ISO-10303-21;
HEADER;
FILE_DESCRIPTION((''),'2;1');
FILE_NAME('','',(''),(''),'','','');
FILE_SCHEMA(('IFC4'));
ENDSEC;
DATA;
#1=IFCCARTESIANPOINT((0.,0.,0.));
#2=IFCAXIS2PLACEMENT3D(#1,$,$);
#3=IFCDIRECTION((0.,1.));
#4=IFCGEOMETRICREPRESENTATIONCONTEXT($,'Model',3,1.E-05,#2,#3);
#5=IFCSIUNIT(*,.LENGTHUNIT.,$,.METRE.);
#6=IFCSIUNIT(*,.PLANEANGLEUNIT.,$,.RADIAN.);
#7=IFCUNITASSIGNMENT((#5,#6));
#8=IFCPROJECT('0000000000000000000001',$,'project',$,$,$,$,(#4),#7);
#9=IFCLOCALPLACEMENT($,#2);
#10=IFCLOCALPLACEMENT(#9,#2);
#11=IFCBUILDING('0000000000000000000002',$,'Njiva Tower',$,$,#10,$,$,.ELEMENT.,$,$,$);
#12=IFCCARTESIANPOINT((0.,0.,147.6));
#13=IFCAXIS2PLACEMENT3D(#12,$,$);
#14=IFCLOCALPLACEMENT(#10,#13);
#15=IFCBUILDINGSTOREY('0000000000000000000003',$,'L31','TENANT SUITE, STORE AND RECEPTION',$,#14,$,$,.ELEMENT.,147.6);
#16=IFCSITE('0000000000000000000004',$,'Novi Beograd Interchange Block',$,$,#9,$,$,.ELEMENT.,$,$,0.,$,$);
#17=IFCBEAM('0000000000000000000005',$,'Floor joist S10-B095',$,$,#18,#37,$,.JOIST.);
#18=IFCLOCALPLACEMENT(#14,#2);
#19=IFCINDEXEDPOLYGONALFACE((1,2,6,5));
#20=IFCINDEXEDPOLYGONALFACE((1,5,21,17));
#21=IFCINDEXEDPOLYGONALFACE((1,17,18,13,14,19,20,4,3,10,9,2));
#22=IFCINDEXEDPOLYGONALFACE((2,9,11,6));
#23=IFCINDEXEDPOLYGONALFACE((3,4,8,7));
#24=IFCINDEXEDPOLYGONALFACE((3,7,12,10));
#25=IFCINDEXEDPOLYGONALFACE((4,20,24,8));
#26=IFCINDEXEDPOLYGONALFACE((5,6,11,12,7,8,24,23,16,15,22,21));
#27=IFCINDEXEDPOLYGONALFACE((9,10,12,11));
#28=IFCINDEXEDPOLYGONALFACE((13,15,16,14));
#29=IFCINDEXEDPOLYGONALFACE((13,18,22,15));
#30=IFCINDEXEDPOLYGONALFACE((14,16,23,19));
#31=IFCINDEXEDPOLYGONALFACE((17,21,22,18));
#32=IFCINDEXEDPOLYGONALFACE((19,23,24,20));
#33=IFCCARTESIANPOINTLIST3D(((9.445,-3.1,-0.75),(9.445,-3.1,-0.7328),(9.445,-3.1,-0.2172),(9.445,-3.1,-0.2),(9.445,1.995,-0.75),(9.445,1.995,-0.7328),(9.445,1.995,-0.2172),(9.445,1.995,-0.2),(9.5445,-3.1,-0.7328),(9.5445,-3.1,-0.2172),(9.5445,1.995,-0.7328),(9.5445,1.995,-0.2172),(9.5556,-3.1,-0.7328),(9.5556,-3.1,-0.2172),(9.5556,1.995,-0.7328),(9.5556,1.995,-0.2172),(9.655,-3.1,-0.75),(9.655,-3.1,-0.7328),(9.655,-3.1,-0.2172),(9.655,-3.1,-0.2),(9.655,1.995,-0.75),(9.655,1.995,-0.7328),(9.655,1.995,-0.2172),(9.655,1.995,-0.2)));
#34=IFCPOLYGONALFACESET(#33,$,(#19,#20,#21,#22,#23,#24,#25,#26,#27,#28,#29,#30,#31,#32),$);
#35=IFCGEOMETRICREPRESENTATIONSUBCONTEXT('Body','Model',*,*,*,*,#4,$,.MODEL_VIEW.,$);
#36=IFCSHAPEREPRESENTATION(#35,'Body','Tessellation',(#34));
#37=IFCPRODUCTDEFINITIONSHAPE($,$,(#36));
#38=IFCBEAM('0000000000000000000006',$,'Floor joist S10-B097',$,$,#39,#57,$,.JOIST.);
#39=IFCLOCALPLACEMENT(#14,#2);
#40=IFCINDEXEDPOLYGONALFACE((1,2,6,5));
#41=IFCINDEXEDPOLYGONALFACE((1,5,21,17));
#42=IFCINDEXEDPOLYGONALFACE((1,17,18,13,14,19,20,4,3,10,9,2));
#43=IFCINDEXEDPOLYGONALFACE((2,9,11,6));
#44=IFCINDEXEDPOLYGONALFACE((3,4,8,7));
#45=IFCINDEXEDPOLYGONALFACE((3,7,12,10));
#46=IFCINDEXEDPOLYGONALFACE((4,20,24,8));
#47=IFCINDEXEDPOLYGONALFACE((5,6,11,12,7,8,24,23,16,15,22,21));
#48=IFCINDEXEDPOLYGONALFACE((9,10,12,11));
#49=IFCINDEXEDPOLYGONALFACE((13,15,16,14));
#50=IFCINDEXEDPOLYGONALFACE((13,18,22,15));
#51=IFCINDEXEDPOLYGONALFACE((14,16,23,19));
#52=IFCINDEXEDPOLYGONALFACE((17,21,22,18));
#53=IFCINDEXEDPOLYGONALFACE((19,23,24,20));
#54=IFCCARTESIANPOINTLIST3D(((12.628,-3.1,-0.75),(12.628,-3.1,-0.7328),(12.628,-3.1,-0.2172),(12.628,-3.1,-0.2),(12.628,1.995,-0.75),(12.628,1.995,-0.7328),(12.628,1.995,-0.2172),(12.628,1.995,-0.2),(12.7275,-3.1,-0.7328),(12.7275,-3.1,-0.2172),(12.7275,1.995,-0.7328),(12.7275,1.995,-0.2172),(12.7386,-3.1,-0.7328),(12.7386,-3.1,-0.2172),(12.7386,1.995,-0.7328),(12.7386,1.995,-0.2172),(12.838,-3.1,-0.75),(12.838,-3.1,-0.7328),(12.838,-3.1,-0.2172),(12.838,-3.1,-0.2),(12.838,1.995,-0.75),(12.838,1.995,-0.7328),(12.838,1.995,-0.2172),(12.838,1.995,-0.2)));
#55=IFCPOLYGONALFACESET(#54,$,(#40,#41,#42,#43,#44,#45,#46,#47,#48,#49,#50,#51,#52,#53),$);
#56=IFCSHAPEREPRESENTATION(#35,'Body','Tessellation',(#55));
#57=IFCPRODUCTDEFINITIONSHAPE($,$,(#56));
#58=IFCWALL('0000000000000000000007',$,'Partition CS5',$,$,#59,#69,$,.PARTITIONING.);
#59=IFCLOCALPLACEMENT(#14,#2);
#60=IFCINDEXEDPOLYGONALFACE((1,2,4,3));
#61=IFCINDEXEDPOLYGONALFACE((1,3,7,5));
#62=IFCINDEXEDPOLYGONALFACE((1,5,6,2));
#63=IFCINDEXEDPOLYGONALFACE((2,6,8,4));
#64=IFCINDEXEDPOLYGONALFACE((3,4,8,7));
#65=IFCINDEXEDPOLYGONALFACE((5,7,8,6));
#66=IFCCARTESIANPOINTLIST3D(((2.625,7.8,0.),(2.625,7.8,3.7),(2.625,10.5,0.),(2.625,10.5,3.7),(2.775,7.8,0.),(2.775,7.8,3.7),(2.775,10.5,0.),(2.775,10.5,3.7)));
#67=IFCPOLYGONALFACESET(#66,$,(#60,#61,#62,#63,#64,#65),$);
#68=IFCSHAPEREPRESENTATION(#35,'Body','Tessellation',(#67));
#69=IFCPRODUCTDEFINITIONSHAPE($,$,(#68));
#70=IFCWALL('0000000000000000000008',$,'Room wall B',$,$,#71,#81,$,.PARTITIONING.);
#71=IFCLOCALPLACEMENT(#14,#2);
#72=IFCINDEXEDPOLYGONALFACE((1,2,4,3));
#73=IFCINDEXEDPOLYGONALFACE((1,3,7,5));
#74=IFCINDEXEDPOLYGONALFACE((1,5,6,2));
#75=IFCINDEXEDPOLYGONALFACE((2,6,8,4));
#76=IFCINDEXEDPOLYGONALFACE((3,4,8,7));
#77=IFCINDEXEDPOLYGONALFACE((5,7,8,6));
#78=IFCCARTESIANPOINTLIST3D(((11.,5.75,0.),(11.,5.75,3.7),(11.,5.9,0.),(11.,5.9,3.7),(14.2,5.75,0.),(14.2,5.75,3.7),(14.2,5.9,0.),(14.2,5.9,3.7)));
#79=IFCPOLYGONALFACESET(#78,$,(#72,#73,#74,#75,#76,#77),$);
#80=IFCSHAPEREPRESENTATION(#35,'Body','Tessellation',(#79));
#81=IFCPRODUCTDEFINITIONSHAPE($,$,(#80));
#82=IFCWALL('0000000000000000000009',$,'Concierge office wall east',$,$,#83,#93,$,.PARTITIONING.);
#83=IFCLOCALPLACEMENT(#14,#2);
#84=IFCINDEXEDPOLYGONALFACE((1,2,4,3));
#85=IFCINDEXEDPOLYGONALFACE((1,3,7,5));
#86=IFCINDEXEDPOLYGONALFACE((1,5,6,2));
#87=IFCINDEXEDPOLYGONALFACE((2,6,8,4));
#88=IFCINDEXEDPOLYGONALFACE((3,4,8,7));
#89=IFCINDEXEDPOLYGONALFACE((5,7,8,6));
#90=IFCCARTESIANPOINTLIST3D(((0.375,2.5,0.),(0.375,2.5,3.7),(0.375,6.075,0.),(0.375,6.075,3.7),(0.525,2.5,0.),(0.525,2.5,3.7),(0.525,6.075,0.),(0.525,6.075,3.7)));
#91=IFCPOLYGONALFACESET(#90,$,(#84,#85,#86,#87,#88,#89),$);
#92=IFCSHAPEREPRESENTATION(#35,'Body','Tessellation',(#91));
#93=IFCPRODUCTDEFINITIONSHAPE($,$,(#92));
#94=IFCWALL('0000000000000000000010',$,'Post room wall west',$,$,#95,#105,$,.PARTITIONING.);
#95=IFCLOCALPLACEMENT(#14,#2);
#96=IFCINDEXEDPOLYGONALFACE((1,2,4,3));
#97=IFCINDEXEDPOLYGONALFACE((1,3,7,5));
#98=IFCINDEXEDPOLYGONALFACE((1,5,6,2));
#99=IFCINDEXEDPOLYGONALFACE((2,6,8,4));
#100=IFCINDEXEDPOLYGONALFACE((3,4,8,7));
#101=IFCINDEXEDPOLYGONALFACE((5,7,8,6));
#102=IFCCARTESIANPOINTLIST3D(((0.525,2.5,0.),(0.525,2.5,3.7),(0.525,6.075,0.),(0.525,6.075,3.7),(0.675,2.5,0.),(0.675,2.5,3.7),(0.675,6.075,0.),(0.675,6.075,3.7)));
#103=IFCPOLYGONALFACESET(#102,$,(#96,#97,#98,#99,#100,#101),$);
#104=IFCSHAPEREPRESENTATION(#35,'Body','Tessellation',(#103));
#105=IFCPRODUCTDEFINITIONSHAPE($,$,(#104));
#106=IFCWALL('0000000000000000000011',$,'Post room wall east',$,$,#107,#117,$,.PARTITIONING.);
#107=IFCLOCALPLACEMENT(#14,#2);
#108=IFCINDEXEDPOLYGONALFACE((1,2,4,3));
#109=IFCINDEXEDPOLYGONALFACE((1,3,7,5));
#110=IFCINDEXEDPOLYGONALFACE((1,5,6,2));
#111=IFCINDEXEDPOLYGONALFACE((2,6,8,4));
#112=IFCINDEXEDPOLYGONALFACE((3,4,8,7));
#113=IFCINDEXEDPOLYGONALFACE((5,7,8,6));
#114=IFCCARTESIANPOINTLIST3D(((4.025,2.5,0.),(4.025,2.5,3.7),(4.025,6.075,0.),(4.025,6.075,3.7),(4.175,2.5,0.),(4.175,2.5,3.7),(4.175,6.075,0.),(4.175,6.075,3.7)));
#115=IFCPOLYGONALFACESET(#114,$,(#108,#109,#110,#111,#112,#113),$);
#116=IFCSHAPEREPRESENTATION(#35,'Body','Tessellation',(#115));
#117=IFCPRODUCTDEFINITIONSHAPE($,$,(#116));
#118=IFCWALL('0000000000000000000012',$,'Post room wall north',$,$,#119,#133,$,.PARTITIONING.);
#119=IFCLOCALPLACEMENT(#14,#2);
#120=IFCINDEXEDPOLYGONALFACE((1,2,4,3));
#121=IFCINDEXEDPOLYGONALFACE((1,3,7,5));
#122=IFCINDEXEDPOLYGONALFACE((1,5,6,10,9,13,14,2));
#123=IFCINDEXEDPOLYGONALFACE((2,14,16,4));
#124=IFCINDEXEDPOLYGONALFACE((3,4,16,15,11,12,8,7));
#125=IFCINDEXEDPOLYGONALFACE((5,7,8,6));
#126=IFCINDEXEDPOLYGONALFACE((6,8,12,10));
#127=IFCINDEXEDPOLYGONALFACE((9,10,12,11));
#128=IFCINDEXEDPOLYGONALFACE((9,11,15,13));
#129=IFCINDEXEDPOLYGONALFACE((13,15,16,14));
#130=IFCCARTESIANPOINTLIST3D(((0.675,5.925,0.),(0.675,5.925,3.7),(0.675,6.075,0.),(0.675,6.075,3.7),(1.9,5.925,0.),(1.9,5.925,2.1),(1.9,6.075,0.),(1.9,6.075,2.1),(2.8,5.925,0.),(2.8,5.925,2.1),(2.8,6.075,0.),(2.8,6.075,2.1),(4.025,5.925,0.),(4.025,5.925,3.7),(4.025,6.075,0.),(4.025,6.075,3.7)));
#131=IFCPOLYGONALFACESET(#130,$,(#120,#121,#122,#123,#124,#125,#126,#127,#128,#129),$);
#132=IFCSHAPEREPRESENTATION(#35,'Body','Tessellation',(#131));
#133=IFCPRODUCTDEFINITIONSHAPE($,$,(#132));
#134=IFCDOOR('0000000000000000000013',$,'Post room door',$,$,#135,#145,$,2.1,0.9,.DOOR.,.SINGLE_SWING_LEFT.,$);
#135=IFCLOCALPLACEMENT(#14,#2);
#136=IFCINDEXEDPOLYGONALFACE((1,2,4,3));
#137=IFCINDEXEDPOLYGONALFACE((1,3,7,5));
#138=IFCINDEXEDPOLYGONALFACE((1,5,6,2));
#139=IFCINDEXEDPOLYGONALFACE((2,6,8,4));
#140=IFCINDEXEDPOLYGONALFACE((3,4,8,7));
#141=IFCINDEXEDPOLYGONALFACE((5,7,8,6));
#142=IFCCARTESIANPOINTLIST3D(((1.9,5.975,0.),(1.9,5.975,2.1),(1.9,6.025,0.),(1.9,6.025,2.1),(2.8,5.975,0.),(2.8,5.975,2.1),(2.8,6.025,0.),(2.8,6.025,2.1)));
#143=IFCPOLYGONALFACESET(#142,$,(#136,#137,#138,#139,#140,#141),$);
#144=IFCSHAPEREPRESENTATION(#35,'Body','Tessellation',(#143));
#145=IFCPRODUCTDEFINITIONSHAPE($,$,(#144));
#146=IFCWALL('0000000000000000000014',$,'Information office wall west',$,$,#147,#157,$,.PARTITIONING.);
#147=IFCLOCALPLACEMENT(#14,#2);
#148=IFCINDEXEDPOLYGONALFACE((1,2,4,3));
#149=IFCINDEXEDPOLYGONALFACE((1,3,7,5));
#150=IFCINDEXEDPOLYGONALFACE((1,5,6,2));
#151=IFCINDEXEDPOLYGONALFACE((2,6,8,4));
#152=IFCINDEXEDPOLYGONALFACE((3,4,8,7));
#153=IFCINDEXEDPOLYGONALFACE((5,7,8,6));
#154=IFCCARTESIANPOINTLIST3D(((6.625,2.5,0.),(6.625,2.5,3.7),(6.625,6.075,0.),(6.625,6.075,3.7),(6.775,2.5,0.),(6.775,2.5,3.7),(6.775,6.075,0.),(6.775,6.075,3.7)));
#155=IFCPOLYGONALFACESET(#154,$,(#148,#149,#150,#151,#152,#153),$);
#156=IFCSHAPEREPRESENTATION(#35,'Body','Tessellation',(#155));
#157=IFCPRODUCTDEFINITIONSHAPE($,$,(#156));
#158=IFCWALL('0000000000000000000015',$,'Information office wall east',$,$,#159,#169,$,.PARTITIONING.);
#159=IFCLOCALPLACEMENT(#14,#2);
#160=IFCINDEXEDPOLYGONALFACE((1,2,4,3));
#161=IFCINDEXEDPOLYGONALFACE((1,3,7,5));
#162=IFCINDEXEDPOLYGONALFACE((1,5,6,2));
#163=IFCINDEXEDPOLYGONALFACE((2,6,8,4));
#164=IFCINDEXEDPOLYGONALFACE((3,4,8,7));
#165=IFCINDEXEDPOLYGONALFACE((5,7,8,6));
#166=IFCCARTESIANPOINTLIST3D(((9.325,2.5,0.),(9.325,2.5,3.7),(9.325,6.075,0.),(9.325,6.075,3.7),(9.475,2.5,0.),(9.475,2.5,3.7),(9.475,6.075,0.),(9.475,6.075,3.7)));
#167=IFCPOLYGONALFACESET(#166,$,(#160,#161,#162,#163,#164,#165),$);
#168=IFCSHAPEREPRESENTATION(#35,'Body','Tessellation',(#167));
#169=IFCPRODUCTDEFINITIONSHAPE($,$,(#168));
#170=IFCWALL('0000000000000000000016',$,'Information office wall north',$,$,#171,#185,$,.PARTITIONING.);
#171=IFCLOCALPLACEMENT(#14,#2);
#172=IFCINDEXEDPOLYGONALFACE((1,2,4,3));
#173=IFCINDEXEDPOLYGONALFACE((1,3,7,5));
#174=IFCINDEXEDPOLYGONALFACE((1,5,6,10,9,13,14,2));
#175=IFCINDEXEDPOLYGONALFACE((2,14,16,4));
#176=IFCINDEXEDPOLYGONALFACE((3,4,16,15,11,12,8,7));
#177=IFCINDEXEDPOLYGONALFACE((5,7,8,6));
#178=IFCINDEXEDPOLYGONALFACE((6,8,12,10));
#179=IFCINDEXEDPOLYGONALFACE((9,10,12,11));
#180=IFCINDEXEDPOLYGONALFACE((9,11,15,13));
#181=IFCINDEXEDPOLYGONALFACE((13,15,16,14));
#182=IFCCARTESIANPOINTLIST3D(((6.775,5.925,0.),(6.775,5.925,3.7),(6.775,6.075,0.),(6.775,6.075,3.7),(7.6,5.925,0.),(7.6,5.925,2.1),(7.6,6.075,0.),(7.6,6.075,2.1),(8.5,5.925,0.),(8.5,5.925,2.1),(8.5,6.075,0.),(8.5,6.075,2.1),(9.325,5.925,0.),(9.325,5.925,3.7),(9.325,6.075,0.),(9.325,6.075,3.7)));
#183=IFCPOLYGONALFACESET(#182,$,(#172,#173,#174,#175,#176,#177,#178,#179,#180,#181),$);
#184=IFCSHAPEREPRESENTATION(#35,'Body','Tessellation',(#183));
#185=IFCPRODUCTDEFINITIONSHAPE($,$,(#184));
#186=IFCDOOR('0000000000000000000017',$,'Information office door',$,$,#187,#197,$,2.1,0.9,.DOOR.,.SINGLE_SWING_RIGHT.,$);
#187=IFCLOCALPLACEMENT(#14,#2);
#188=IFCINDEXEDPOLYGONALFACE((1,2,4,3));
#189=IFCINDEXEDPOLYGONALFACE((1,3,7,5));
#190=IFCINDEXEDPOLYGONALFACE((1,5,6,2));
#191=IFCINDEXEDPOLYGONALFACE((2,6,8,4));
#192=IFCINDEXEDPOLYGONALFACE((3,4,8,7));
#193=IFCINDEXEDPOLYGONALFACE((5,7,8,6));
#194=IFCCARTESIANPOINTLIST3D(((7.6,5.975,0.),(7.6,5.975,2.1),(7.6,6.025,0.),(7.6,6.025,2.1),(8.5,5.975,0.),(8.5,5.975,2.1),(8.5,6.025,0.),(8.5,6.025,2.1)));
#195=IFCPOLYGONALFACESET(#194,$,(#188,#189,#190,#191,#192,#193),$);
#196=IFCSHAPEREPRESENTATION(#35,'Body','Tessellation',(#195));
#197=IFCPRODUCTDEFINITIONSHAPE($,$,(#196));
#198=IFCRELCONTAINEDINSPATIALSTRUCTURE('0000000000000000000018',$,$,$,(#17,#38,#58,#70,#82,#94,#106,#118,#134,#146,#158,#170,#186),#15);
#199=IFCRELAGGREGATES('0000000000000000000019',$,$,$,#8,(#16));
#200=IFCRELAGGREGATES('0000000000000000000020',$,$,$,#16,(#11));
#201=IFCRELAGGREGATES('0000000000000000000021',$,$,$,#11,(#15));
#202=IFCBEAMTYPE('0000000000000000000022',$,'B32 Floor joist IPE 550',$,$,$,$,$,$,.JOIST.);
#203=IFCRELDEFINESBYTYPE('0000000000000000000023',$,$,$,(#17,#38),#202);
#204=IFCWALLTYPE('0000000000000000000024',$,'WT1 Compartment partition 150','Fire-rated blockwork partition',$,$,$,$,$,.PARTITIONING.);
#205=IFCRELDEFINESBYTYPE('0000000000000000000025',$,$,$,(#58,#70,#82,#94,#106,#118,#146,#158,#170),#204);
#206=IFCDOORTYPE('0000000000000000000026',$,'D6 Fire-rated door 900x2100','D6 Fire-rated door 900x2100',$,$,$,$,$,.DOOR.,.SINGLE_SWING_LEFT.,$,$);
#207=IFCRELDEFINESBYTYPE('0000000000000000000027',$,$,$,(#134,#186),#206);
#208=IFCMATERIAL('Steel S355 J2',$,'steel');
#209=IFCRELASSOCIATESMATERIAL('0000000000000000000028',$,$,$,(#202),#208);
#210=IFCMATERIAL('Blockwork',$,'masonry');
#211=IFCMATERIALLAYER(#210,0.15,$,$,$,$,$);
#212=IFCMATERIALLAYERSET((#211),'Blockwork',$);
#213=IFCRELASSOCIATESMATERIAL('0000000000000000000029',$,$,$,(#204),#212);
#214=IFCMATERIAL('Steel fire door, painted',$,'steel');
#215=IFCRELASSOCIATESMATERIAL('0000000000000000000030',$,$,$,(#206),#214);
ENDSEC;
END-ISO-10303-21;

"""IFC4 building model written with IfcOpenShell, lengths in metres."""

from ifc_helpers import new_model, si_unit, direction, frame, frame_2d, origin, origin_2d, place, context, subcontext, project, spatial, rectangle, i_section, extrude, material, layer, layer_set, material_profile, profile_set, type_object, element, fill, save


model = new_model("IFC4")

# Units and contexts
model_context = context("Model", 3, precision=1e-05, world=origin(), true_north=direction((0.0, 1.0)))
body_context = subcontext(model_context, "Body", "Model", "MODEL_VIEW")
ifc_project = project(units=[si_unit("LENGTHUNIT", "METRE"), si_unit("PLANEANGLEUNIT", "RADIAN")], contexts=[model_context])

# Site, building, storey
site_placement = place(None, origin())
site = spatial("IfcSite", under=ifc_project, at=site_placement, Name="Novi Beograd Interchange Block", CompositionType="ELEMENT", RefElevation=0.0)
building_placement = place(site_placement, origin())
building = spatial("IfcBuilding", under=site, at=building_placement, Name="Njiva Tower", CompositionType="ELEMENT")
storey_placement = place(building_placement, frame((0.0, 0.0, 147.6)))
storey = spatial("IfcBuildingStorey", under=building, at=storey_placement, Name="L31", Description="TENANT SUITE, STORE AND RECEPTION", CompositionType="ELEMENT", Elevation=147.6)

# Beams
ifc_material_1 = material(Name="Steel S355 J2", Category="steel")
ifc_material_profile = material_profile(ifc_material_1, i_section(OverallWidth=0.21, OverallDepth=0.55, WebThickness=0.0111, FlangeThickness=0.0172, at=origin_2d()), Name="IPE 550")
ifc_profile_set = profile_set([ifc_material_profile], Name="Steel S355 J2")
beam_type = type_object("IfcBeamType", Name="B32 Floor joist IPE 550", PredefinedType="JOIST", material=ifc_profile_set)
for number, where, z_axis, x_axis, name in (
    (1, (9.55, 1.995, -0.475), (0.0, -1.0, 0.0), (1.0, 0.0, 0.0), "Floor joist S10-B095"),
    (2, (12.733, 1.995, -0.475), (0.0, -1.0, 0.0), (1.0, 0.0, 0.0), "Floor joist S10-B097"),
):
    element("IfcBeam", number, at=place(storey_placement, frame(where, z_axis=z_axis, x_axis=x_axis)), inside=storey, type_object=beam_type, Name=name, PredefinedType="JOIST", context=body_context, shape_type="SweptSolid", body=[
        extrude(i_section(OverallWidth=0.21, OverallDepth=0.55, WebThickness=0.0111, FlangeThickness=0.0172, at=origin_2d()), origin(), (0.0, 0.0, 1.0), 5.095),
    ])

# Walls
ifc_material_2 = material(Name="Blockwork", Category="masonry")
ifc_layer_1 = layer(ifc_material_2, 0.15)
ifc_layer_set_1 = layer_set([ifc_layer_1], Name="Blockwork")
wall_type_1 = type_object("IfcWallType", Name="WT1 Compartment partition 150", Description="Fire-rated blockwork partition", PredefinedType="PARTITIONING", material=ifc_layer_set_1)
wall_1_placement = place(storey_placement, frame((2.7, 7.8, 0.0), z_axis=(0.0, 0.0, 1.0), x_axis=(0.0, 1.0, 0.0)))
element("IfcWall", 3, at=wall_1_placement, inside=storey, type_object=wall_type_1, Name="Partition CS5", PredefinedType="PARTITIONING", context=body_context, shape_type="SweptSolid", body=[
    extrude(rectangle(XDim=2.7, YDim=0.15, at=frame_2d((1.35, 0.0))), origin(), (0.0, 0.0, 1.0), 3.7),
])
wall_2_placement = place(storey_placement, frame((11.0, 5.825, 0.0), z_axis=(0.0, 0.0, 1.0), x_axis=(1.0, 0.0, 0.0)))
element("IfcWall", 4, at=wall_2_placement, inside=storey, type_object=wall_type_1, Name="Room wall B", PredefinedType="PARTITIONING", context=body_context, shape_type="SweptSolid", body=[
    extrude(rectangle(XDim=3.2, YDim=0.15, at=frame_2d((1.6, 0.0))), origin(), (0.0, 0.0, 1.0), 3.7),
])
for number, where, z_axis, x_axis, name in (
    (5, (0.45, 2.5, 0.0), (0.0, 0.0, 1.0), (0.0, 1.0, 0.0), "Concierge office wall east"),
    (6, (0.6, 2.5, 0.0), (0.0, 0.0, 1.0), (0.0, 1.0, 0.0), "Post room wall west"),
    (7, (4.1, 2.5, 0.0), (0.0, 0.0, 1.0), (0.0, 1.0, 0.0), "Post room wall east"),
):
    element("IfcWall", number, at=place(storey_placement, frame(where, z_axis=z_axis, x_axis=x_axis)), inside=storey, type_object=wall_type_1, Name=name, PredefinedType="PARTITIONING", context=body_context, shape_type="SweptSolid", body=[
        extrude(rectangle(XDim=3.575, YDim=0.15, at=frame_2d((1.7875, 0.0))), origin(), (0.0, 0.0, 1.0), 3.7),
    ])

# Wall, opening, door
wall_3_placement = place(storey_placement, frame((0.675, 6.0, 0.0), z_axis=(0.0, 0.0, 1.0), x_axis=(1.0, 0.0, 0.0)))
wall_3 = element("IfcWall", 8, at=wall_3_placement, inside=storey, type_object=wall_type_1, Name="Post room wall north", PredefinedType="PARTITIONING", context=body_context, shape_type="SweptSolid", body=[
    extrude(rectangle(XDim=3.35, YDim=0.15, at=frame_2d((1.675, 0.0))), origin(), (0.0, 0.0, 1.0), 3.7),
])
opening_1_placement = place(wall_3_placement, frame((1.225, 0.0, 0.0)))
opening_1 = element("IfcOpeningElement", 9, at=opening_1_placement, cuts=wall_3, PredefinedType="OPENING", context=body_context, shape_type="SweptSolid", body=[
    extrude(rectangle(XDim=0.9, YDim=2.1, at=frame_2d((0.45, 1.05))), frame((0.0, 0.085, 0.0), z_axis=(0.0, -1.0, 0.0), x_axis=(1.0, 0.0, 0.0)), (0.0, 0.0, 1.0), 0.17),
])
ifc_material_3 = material(Name="Steel fire door, painted", Category="steel")
door_type_1 = type_object("IfcDoorType", Name="D6 Fire-rated door 900x2100", Description="D6 Fire-rated door 900x2100", OperationType="SINGLE_SWING_LEFT", PredefinedType="DOOR", material=ifc_material_3)
door_1_placement = place(opening_1_placement, origin())
door_1 = element("IfcDoor", 10, at=door_1_placement, inside=storey, type_object=door_type_1, Name="Post room door", OperationType="SINGLE_SWING_LEFT", OverallHeight=2.1, OverallWidth=0.9, PredefinedType="DOOR", context=body_context, shape_type="SweptSolid", body=[
    extrude(rectangle(XDim=0.9, YDim=2.1, at=frame_2d((0.45, 1.05))), frame((0.0, 0.025, 0.0), z_axis=(0.0, -1.0, 0.0), x_axis=(1.0, 0.0, 0.0)), (0.0, 0.0, 1.0), 0.05),
])
fill(opening_1, door_1)

# Walls
for number, where, z_axis, x_axis, name in (
    (11, (6.7, 2.5, 0.0), (0.0, 0.0, 1.0), (0.0, 1.0, 0.0), "Information office wall west"),
    (12, (9.4, 2.5, 0.0), (0.0, 0.0, 1.0), (0.0, 1.0, 0.0), "Information office wall east"),
):
    element("IfcWall", number, at=place(storey_placement, frame(where, z_axis=z_axis, x_axis=x_axis)), inside=storey, type_object=wall_type_1, Name=name, PredefinedType="PARTITIONING", context=body_context, shape_type="SweptSolid", body=[
        extrude(rectangle(XDim=3.575, YDim=0.15, at=frame_2d((1.7875, 0.0))), origin(), (0.0, 0.0, 1.0), 3.7),
    ])

# Wall, opening, door
wall_4_placement = place(storey_placement, frame((6.775, 6.0, 0.0), z_axis=(0.0, 0.0, 1.0), x_axis=(1.0, 0.0, 0.0)))
wall_4 = element("IfcWall", 13, at=wall_4_placement, inside=storey, type_object=wall_type_1, Name="Information office wall north", PredefinedType="PARTITIONING", context=body_context, shape_type="SweptSolid", body=[
    extrude(rectangle(XDim=2.55, YDim=0.15, at=frame_2d((1.275, 0.0))), origin(), (0.0, 0.0, 1.0), 3.7),
])
opening_2_placement = place(wall_4_placement, frame((0.825, 0.0, 0.0)))
opening_2 = element("IfcOpeningElement", 14, at=opening_2_placement, cuts=wall_4, PredefinedType="OPENING", context=body_context, shape_type="SweptSolid", body=[
    extrude(rectangle(XDim=0.9, YDim=2.1, at=frame_2d((0.45, 1.05))), frame((0.0, 0.085, 0.0), z_axis=(0.0, -1.0, 0.0), x_axis=(1.0, 0.0, 0.0)), (0.0, 0.0, 1.0), 0.17),
])
door_2_placement = place(opening_2_placement, origin())
door_2 = element("IfcDoor", 15, at=door_2_placement, inside=storey, type_object=door_type_1, Name="Information office door", OperationType="SINGLE_SWING_RIGHT", OverallHeight=2.1, OverallWidth=0.9, PredefinedType="DOOR", context=body_context, shape_type="SweptSolid", body=[
    extrude(rectangle(XDim=0.9, YDim=2.1, at=frame_2d((0.45, 1.05))), frame((0.0, 0.025, 0.0), z_axis=(0.0, -1.0, 0.0), x_axis=(1.0, 0.0, 0.0)), (0.0, 0.0, 1.0), 0.05),
])
fill(opening_2, door_2)

save(model, "model.ifc")
